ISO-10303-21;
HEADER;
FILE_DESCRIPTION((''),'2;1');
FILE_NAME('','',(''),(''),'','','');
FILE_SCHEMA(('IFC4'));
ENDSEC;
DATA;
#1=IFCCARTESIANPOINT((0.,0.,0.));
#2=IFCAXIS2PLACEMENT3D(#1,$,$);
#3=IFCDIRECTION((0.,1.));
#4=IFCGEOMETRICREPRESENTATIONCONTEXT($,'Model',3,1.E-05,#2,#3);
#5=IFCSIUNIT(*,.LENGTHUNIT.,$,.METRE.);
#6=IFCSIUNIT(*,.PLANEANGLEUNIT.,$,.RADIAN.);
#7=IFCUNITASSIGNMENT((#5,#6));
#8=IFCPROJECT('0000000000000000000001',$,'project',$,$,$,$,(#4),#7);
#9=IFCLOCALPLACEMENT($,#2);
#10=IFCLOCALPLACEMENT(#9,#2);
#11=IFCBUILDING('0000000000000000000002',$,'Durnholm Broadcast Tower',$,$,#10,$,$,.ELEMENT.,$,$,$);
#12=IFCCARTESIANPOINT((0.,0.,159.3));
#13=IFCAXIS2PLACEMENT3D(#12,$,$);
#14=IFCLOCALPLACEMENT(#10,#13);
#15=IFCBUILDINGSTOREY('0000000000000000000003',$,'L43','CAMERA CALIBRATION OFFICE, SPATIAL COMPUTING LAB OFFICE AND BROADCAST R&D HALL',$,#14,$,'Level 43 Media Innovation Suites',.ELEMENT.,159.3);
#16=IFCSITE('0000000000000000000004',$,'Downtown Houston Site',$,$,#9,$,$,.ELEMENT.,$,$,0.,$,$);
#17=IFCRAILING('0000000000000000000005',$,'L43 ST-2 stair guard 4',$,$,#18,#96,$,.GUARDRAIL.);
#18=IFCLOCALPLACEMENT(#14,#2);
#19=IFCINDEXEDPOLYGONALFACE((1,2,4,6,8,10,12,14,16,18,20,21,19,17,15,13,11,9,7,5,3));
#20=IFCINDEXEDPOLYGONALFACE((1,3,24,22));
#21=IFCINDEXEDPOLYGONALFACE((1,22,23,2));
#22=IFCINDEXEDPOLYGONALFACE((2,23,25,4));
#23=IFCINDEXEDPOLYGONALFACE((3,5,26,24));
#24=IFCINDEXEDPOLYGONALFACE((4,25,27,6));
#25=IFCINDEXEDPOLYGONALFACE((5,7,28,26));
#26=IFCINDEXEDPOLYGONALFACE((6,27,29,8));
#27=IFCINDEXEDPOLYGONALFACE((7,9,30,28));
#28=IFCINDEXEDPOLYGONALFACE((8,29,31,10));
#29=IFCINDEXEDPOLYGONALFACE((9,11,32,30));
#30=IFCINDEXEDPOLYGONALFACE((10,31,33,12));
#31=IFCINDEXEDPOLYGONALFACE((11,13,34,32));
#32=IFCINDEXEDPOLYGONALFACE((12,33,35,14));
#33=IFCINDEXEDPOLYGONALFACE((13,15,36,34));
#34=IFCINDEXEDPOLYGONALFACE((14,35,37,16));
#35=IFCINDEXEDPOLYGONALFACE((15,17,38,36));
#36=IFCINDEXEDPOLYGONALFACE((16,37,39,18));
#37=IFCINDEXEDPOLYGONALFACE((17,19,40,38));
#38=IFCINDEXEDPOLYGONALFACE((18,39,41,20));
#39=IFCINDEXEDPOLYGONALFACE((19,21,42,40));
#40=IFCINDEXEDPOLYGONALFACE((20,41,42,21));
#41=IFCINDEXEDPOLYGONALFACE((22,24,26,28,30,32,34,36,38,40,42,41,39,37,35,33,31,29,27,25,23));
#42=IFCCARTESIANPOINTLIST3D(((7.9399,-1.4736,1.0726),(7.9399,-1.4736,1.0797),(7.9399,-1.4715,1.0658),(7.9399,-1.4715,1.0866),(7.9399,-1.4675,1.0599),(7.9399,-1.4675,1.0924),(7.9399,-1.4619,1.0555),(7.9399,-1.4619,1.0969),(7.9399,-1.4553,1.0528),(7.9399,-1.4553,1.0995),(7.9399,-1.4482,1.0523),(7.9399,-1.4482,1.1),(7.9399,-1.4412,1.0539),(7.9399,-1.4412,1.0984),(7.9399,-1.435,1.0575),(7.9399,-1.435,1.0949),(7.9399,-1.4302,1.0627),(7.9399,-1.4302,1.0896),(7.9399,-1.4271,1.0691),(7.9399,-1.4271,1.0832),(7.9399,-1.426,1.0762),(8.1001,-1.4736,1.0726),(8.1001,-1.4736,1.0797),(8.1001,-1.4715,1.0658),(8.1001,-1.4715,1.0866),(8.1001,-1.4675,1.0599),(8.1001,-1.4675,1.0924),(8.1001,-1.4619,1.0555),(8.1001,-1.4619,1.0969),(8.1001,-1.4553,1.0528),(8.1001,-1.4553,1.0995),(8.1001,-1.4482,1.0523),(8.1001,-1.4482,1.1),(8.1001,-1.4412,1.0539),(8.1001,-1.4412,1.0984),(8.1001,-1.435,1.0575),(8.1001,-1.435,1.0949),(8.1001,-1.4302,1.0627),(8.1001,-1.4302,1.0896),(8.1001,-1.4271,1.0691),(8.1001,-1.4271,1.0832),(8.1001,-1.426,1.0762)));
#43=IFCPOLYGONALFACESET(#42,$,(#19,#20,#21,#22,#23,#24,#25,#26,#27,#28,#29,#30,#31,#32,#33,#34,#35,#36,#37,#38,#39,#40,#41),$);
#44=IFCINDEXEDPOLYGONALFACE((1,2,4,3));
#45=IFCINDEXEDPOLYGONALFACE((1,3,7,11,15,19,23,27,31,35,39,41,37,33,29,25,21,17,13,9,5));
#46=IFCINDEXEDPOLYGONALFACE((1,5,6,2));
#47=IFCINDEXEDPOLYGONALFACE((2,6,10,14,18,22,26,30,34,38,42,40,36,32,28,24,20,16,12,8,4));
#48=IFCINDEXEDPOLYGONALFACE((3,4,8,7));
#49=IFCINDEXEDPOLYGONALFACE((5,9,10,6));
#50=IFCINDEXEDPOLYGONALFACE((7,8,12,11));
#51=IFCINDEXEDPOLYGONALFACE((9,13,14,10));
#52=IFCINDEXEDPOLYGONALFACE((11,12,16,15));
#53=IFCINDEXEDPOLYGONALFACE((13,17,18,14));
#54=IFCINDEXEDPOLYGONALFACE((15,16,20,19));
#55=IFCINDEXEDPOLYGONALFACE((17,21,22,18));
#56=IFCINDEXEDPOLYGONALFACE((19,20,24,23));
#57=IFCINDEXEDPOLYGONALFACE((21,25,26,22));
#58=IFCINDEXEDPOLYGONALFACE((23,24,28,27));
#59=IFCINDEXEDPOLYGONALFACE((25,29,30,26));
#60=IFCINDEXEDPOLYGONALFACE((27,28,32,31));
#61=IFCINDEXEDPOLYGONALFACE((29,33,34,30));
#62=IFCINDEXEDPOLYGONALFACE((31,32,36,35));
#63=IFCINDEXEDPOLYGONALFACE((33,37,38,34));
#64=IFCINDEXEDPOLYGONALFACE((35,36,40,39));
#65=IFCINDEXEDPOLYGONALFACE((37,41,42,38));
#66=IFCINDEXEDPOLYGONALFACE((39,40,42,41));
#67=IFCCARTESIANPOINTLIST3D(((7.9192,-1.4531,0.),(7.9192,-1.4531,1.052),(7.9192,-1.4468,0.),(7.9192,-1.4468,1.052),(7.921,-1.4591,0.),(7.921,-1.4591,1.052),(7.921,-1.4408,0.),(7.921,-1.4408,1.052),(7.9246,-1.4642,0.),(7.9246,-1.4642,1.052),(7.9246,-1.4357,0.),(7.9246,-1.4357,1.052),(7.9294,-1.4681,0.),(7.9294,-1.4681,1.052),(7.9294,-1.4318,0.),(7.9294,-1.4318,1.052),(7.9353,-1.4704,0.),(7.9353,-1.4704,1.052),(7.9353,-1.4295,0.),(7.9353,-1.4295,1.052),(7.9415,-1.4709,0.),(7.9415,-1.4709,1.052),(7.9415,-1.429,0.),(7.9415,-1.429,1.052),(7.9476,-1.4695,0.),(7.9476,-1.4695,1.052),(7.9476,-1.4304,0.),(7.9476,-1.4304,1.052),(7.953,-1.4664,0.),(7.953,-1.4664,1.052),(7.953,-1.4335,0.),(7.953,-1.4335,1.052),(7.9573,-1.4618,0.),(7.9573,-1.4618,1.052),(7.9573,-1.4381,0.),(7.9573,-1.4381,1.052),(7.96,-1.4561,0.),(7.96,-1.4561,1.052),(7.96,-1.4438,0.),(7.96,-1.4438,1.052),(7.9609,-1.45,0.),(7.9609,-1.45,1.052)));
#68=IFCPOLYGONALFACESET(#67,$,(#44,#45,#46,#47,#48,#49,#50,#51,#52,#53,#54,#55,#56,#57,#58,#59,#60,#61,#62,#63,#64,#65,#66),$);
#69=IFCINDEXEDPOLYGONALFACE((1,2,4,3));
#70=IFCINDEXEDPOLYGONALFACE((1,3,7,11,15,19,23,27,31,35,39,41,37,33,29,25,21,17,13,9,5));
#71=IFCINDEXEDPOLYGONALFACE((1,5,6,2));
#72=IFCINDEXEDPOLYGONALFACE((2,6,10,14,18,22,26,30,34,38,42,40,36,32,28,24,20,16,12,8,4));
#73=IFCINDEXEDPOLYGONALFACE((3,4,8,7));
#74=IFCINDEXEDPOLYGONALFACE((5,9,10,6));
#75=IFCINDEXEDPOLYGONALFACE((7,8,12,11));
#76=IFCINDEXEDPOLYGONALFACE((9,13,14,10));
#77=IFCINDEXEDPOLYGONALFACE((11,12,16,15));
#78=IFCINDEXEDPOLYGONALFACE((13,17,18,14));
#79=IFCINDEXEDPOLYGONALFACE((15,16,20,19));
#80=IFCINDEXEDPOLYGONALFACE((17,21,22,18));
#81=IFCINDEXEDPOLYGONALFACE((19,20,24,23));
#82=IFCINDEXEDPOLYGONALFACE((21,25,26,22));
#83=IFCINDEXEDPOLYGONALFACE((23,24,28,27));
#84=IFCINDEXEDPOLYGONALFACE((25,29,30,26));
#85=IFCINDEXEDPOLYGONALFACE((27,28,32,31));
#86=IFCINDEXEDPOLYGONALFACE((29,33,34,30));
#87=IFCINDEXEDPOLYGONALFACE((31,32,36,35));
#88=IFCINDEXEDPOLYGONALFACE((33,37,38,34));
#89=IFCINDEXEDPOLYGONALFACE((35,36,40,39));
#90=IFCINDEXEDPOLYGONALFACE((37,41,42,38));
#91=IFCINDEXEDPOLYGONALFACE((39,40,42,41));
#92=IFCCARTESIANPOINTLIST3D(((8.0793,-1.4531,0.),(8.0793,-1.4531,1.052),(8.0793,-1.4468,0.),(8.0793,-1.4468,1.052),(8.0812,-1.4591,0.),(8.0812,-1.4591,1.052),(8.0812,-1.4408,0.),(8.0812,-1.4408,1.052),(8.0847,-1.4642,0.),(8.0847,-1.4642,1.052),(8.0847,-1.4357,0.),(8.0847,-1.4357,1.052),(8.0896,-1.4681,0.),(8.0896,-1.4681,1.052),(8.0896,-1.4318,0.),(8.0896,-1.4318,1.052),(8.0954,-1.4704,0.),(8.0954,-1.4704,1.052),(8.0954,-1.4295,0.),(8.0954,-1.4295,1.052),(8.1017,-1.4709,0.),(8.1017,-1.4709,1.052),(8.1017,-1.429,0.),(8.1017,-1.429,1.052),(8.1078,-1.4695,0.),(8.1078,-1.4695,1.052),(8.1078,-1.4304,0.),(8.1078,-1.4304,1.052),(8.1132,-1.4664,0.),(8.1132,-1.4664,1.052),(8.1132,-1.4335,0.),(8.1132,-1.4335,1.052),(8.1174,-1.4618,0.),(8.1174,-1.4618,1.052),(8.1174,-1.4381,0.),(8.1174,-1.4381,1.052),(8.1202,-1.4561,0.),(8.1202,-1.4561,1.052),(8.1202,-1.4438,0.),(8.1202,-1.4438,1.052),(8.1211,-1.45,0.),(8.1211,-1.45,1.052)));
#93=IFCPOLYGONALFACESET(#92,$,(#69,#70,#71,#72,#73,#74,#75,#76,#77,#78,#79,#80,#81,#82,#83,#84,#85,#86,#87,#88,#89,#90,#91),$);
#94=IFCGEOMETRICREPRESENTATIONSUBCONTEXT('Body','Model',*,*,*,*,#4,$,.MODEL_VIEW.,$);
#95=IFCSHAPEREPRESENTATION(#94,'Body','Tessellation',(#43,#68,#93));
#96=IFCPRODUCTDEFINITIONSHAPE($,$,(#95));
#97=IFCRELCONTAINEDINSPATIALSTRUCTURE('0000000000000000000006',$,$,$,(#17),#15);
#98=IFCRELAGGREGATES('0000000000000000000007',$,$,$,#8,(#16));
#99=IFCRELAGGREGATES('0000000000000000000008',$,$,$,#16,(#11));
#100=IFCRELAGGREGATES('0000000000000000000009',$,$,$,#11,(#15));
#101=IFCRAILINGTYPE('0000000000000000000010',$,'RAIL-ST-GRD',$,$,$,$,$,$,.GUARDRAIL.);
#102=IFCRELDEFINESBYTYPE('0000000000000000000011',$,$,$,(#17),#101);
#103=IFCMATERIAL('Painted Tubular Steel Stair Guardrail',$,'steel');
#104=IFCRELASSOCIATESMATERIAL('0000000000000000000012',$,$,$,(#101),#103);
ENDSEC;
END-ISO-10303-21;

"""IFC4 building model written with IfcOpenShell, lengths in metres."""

from ifc_helpers import new_model, si_unit, direction, frame, origin, origin_2d, place, context, subcontext, project, spatial, circle, extrude, material, type_object, element, save


model = new_model("IFC4")

# Units and contexts
model_context = context("Model", 3, precision=1e-05, world=origin(), true_north=direction((0.0, 1.0)))
body_context = subcontext(model_context, "Body", "Model", "MODEL_VIEW")
ifc_project = project(units=[si_unit("LENGTHUNIT", "METRE"), si_unit("PLANEANGLEUNIT", "RADIAN")], contexts=[model_context])

# Site, building, storey
site_placement = place(None, origin())
site = spatial("IfcSite", under=ifc_project, at=site_placement, Name="Downtown Houston Site", CompositionType="ELEMENT", RefElevation=0.0)
building_placement = place(site_placement, origin())
building = spatial("IfcBuilding", under=site, at=building_placement, Name="Durnholm Broadcast Tower", CompositionType="ELEMENT")
storey_placement = place(building_placement, frame((0.0, 0.0, 159.3)))
storey = spatial("IfcBuildingStorey", under=building, at=storey_placement, Name="L43", Description="CAMERA CALIBRATION OFFICE, SPATIAL COMPUTING LAB OFFICE AND BROADCAST R&D HALL", LongName="Level 43 Media Innovation Suites", CompositionType="ELEMENT", Elevation=159.3)

# Railing
ifc_material_1 = material(Name="Painted Tubular Steel Stair Guardrail", Category="steel")
railing_type_1 = type_object("IfcRailingType", Name="RAIL-ST-GRD", PredefinedType="GUARDRAIL", material=ifc_material_1)
railing_1_placement = place(storey_placement, frame((7.9399, -1.45, 0.0)))
element("IfcRailing", 1, at=railing_1_placement, inside=storey, type_object=railing_type_1, Name="L43 ST-2 stair guard 4", PredefinedType="GUARDRAIL", context=body_context, shape_type="SweptSolid", body=[
    extrude(circle(Radius=0.0239, at=origin_2d()), frame((0.0, 0.0, 1.0762), z_axis=(1.0, 0.0, 0.0), x_axis=(0.0, 1.0, 0.0)), (0.0, 0.0, 1.0), 0.1602),
    extrude(circle(Radius=0.021, at=origin_2d()), origin(), (0.0, 0.0, 1.0), 1.052),
    extrude(circle(Radius=0.021, at=origin_2d()), frame((0.1602, 0.0, 0.0)), (0.0, 0.0, 1.0), 1.052),
])

save(model, "model.ifc")
